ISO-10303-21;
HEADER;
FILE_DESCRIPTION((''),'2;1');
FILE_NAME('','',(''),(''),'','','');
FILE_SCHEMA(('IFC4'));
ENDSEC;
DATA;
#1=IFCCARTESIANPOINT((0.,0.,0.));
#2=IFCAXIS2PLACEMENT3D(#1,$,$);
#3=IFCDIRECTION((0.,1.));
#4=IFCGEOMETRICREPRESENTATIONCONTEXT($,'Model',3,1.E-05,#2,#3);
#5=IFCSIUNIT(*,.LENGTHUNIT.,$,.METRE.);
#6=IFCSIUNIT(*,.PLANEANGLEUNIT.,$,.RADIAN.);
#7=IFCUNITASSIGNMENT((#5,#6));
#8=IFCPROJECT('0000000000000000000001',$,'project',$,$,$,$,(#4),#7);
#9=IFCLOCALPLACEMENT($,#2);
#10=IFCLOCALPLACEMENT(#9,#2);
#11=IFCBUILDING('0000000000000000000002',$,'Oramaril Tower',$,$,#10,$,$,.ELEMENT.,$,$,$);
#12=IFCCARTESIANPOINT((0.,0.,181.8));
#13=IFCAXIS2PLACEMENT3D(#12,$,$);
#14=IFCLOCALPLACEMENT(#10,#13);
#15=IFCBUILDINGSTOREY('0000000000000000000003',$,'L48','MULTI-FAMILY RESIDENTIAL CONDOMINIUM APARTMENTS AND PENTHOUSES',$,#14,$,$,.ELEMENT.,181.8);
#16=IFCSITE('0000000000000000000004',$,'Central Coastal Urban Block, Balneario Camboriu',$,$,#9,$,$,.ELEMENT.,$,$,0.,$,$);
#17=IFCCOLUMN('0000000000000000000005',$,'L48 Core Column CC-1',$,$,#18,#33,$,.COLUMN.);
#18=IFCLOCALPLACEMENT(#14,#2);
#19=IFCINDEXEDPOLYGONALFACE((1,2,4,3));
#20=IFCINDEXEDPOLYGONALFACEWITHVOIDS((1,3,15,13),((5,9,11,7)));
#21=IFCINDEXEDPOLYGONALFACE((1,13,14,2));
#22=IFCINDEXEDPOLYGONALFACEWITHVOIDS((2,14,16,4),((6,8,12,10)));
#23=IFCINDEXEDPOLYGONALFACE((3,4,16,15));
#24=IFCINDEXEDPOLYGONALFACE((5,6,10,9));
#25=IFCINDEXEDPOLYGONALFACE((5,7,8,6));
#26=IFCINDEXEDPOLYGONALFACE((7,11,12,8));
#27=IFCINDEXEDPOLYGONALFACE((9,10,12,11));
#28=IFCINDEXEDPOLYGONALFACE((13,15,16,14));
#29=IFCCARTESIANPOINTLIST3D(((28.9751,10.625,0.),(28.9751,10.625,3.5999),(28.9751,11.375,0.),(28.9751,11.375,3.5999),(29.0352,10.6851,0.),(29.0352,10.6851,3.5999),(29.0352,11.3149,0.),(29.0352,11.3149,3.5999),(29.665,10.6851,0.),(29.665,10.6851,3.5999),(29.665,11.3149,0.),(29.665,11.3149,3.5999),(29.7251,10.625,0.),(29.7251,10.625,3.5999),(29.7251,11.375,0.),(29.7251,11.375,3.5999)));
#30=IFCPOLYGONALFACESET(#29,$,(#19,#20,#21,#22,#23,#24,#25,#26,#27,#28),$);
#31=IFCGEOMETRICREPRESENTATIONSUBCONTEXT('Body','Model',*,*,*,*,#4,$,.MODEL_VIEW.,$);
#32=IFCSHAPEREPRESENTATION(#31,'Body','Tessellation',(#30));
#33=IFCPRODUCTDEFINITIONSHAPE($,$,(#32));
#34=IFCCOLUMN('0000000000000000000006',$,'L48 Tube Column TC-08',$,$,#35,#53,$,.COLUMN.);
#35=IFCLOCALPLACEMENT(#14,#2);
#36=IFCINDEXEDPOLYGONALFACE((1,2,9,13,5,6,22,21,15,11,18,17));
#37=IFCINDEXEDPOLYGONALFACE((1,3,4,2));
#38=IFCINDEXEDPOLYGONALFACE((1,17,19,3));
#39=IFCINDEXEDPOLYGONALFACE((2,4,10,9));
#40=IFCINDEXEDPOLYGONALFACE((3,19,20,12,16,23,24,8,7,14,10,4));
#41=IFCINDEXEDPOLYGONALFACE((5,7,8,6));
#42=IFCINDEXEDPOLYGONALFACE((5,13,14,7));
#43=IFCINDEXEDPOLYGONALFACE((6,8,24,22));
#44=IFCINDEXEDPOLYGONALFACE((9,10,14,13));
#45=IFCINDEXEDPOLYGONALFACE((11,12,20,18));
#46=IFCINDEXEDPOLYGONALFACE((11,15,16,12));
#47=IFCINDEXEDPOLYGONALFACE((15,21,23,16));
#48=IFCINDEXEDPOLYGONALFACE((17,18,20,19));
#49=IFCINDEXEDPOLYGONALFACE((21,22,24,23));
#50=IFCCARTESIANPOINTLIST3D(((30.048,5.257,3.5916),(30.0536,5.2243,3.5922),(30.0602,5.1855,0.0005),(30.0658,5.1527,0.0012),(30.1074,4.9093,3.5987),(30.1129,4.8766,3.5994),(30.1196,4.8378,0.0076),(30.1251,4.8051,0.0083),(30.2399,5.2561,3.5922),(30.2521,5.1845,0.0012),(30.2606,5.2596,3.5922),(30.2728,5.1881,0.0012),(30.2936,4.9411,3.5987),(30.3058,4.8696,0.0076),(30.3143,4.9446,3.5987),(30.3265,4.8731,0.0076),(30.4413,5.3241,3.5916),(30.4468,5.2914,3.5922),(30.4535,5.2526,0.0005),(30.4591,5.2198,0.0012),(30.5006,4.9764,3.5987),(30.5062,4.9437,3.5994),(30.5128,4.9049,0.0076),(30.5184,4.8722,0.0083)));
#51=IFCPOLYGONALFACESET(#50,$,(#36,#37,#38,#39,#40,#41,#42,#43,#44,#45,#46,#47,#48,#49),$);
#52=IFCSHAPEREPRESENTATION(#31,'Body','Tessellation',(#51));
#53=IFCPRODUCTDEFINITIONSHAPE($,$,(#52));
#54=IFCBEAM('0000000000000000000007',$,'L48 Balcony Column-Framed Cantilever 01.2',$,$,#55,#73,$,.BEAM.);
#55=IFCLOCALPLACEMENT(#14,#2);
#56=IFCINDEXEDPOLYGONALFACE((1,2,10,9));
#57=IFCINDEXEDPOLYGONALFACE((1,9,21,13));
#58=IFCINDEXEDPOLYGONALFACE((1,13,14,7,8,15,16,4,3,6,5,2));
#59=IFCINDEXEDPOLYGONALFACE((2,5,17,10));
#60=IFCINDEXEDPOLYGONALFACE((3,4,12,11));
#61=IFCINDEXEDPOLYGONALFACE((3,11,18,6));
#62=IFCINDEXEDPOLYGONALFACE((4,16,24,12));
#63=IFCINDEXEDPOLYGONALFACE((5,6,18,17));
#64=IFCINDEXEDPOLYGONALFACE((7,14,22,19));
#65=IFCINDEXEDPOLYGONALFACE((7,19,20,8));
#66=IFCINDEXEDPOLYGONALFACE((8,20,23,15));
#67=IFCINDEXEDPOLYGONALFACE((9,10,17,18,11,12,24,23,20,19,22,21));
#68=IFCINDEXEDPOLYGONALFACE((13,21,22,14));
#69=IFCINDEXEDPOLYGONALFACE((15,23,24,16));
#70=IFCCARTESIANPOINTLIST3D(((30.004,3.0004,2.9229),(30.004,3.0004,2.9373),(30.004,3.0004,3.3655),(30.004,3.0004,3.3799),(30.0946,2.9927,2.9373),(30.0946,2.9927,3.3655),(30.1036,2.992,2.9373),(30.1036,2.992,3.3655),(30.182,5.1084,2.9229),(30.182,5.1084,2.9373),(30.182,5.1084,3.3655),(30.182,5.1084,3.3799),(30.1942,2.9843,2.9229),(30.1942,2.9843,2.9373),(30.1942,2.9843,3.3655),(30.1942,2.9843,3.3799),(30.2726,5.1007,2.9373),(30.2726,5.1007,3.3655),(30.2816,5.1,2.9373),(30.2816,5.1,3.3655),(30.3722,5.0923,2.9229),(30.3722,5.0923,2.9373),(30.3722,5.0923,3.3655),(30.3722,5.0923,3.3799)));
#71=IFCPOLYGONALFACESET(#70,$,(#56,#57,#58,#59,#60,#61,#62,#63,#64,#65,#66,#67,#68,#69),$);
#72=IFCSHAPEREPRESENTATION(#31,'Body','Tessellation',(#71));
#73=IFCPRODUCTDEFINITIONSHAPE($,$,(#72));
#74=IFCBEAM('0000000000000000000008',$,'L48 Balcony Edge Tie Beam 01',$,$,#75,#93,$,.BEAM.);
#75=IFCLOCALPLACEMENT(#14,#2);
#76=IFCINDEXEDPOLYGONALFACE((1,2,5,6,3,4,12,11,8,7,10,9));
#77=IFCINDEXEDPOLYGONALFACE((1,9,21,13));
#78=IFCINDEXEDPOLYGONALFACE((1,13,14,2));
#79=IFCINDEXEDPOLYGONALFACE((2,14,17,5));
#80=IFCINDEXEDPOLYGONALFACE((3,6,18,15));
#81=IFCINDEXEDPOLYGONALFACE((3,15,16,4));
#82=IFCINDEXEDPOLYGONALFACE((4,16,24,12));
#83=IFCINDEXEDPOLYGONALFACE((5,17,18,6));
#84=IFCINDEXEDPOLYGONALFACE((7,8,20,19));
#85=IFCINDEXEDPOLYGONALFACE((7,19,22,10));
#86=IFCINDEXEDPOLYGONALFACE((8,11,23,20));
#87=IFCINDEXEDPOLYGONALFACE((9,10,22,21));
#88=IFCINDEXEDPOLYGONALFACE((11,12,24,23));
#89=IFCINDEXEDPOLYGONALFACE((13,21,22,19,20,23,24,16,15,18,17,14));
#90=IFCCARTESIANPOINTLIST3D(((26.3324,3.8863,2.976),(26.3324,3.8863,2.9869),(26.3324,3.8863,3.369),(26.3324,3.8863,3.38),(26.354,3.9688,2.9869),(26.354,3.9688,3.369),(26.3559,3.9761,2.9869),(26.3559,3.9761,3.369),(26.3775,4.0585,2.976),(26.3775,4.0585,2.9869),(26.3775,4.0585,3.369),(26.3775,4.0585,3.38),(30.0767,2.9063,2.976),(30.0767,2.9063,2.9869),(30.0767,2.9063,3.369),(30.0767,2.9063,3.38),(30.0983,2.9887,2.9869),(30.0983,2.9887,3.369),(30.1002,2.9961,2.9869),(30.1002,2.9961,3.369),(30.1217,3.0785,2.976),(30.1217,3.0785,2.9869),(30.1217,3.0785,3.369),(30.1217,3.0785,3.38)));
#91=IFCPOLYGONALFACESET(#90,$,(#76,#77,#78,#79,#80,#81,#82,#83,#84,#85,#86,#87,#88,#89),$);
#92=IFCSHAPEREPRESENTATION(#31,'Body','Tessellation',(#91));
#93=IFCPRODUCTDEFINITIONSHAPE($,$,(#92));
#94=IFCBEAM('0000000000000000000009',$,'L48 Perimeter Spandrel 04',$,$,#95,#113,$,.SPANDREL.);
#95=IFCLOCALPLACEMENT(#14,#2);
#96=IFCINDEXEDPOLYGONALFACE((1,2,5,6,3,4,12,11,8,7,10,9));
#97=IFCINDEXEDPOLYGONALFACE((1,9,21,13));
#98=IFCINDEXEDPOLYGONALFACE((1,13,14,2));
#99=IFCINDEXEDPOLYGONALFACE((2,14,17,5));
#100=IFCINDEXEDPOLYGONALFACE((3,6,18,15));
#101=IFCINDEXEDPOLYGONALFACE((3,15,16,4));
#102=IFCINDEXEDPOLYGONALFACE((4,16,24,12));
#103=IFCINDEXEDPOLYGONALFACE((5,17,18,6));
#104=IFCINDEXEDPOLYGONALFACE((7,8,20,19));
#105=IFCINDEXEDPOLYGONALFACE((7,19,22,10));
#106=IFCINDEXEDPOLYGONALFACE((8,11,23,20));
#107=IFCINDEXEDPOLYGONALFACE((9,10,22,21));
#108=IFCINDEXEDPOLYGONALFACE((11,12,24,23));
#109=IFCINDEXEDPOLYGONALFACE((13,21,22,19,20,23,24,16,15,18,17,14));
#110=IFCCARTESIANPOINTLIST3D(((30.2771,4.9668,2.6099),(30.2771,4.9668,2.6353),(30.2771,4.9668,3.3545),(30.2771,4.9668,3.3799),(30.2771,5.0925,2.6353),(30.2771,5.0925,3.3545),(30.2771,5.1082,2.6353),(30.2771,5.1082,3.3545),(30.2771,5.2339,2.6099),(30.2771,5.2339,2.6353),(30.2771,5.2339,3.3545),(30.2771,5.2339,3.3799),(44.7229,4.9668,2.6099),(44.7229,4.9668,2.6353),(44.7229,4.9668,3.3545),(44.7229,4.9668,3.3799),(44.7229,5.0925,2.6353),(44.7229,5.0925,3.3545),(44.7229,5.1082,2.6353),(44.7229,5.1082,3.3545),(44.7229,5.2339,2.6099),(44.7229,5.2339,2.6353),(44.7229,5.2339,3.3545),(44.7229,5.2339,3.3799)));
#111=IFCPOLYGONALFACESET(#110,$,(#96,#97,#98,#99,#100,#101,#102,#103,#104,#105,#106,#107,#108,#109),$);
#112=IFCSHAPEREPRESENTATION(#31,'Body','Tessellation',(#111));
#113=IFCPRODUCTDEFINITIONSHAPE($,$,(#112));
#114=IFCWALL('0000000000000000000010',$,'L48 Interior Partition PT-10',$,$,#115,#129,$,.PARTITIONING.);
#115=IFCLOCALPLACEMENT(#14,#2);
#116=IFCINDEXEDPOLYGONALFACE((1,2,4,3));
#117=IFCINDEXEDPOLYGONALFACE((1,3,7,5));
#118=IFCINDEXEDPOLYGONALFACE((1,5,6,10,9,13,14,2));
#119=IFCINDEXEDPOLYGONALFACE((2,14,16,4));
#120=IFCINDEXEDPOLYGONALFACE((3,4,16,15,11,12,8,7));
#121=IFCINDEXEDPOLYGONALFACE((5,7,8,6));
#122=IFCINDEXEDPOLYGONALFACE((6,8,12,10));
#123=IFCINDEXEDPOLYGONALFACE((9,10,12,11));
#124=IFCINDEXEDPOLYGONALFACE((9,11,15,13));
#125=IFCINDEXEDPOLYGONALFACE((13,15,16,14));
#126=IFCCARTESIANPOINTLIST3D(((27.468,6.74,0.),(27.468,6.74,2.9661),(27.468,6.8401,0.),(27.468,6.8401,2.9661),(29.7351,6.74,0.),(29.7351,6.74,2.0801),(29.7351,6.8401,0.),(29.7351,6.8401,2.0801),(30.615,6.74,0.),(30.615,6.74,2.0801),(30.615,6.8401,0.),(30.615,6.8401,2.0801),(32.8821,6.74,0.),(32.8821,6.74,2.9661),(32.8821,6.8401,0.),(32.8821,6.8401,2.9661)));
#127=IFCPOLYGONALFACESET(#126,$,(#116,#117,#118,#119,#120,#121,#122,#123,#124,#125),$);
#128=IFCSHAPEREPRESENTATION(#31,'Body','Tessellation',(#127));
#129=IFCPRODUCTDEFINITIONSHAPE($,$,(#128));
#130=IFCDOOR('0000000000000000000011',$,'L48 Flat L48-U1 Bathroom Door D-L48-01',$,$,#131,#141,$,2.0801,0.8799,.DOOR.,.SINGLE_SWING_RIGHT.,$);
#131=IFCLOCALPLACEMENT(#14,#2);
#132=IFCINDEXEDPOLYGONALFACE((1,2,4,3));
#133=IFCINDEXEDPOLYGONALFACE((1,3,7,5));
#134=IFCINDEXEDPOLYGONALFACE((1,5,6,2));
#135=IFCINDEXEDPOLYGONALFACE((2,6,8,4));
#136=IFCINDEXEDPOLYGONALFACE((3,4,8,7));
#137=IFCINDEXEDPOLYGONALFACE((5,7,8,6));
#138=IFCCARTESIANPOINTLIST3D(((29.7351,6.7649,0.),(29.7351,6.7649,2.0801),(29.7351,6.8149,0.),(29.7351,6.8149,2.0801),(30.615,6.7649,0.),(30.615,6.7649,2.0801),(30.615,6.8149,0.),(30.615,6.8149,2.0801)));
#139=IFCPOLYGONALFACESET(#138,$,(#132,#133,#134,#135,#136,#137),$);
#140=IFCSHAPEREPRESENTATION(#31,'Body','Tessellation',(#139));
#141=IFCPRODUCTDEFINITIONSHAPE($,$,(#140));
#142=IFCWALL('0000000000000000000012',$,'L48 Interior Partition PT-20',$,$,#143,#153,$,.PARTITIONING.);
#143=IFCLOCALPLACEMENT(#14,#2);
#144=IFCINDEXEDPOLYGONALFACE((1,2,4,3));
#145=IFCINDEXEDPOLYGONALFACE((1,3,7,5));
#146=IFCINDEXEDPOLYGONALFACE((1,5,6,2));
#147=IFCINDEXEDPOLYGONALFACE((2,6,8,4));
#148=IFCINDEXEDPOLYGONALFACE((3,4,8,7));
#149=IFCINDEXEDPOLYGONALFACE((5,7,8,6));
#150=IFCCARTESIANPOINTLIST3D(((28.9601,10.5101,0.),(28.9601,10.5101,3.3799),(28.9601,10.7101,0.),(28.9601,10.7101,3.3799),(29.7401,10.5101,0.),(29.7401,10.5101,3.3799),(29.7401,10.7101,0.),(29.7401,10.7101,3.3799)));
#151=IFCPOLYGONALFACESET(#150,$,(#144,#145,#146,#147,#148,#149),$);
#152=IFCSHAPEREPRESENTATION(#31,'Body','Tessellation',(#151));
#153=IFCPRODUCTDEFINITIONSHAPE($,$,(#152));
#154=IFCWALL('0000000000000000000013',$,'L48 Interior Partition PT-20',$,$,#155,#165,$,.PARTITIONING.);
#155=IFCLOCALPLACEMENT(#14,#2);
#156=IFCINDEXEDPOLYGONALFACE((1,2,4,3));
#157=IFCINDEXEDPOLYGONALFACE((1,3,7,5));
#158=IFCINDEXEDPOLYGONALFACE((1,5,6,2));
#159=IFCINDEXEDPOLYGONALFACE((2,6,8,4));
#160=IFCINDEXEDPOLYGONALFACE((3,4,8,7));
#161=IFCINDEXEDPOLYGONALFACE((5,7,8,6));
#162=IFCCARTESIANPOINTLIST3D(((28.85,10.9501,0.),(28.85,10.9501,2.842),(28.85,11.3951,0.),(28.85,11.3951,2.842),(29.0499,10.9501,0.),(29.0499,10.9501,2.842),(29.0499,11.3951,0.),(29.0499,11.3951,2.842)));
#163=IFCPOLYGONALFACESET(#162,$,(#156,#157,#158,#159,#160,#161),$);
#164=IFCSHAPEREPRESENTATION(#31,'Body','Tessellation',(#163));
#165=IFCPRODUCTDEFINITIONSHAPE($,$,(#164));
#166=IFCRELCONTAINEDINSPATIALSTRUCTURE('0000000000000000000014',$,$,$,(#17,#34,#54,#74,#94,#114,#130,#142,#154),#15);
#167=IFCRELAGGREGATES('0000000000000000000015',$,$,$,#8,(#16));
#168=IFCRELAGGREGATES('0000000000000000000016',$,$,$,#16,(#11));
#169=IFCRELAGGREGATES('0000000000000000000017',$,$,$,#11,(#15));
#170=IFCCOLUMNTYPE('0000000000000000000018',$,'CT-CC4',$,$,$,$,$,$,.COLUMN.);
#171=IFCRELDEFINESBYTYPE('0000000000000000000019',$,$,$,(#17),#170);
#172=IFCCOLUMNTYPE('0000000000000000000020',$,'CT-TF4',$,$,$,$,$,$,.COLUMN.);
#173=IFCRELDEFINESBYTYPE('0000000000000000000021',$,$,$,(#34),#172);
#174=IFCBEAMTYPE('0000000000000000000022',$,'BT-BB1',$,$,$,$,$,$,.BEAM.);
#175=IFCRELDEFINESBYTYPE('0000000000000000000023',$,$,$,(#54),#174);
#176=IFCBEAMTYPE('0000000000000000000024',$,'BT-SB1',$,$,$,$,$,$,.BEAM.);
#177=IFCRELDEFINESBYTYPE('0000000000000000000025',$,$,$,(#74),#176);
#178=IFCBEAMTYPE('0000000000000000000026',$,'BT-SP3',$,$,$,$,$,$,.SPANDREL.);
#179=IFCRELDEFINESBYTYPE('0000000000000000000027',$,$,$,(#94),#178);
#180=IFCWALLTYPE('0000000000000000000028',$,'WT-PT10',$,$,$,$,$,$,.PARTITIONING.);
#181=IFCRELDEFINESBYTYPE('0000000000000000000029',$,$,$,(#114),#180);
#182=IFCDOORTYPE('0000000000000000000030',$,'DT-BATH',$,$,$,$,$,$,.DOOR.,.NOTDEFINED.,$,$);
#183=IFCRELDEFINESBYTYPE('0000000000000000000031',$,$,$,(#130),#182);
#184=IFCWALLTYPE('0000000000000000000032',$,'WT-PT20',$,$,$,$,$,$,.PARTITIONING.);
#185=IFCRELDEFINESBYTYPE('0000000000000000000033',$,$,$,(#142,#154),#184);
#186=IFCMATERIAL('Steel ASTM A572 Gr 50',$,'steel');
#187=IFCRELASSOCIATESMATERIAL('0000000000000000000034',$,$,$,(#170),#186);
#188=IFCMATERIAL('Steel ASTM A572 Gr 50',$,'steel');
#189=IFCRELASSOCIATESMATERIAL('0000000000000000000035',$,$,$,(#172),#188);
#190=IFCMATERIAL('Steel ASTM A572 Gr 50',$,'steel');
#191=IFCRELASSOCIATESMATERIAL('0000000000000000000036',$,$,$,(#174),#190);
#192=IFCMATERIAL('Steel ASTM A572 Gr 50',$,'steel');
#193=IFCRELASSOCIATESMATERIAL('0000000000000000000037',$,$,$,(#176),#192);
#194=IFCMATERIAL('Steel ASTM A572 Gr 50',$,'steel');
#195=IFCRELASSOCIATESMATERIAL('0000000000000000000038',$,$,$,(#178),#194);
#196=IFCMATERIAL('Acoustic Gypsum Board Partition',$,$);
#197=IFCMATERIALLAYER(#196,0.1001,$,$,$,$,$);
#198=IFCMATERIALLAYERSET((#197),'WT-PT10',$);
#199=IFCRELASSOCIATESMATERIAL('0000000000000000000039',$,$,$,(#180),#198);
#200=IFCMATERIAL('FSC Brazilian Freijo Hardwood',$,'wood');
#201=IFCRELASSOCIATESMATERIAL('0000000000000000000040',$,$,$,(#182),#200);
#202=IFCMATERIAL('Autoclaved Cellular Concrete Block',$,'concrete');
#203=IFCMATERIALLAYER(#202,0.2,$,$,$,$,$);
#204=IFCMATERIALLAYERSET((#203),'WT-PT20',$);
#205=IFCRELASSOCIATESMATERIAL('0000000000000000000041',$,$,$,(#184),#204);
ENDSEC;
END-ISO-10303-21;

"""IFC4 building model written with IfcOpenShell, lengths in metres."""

from ifc_helpers import new_model, si_unit, direction, frame, frame_2d, origin, origin_2d, place, context, subcontext, project, spatial, rectangle, hollow_rectangle, i_section, extrude, material, layer, layer_set, material_profile, profile_set, type_object, element, fill, save


model = new_model("IFC4")

# Units and contexts
model_context = context("Model", 3, precision=1e-05, world=origin(), true_north=direction((0.0, 1.0)))
body_context = subcontext(model_context, "Body", "Model", "MODEL_VIEW")
ifc_project = project(units=[si_unit("LENGTHUNIT", "METRE"), si_unit("PLANEANGLEUNIT", "RADIAN")], contexts=[model_context])

# Site, building, storey
site_placement = place(None, origin())
site = spatial("IfcSite", under=ifc_project, at=site_placement, Name="Central Coastal Urban Block, Balneario Camboriu", CompositionType="ELEMENT", RefElevation=0.0)
building_placement = place(site_placement, origin())
building = spatial("IfcBuilding", under=site, at=building_placement, Name="Oramaril Tower", CompositionType="ELEMENT")
storey_placement = place(building_placement, frame((0.0, 0.0, 181.8)))
storey = spatial("IfcBuildingStorey", under=building, at=storey_placement, Name="L48", Description="MULTI-FAMILY RESIDENTIAL CONDOMINIUM APARTMENTS AND PENTHOUSES", CompositionType="ELEMENT", Elevation=181.8)

# Columns
ifc_material_1 = material(Name="Steel ASTM A572 Gr 50", Category="steel")
ifc_material_profile_1 = material_profile(ifc_material_1, hollow_rectangle(XDim=0.75, YDim=0.75, WallThickness=0.0601, at=origin_2d()), Name="BOX750X750X60")
ifc_profile_set_1 = profile_set([ifc_material_profile_1], Name="Steel ASTM A572 Gr 50")
column_type_1 = type_object("IfcColumnType", Name="CT-CC4", PredefinedType="COLUMN", material=ifc_profile_set_1)
column_1_placement = place(storey_placement, frame((29.3501, 11.0, 0.0), z_axis=(0.0, 0.0, 1.0), x_axis=(1.0, 0.0, 0.0)))
element("IfcColumn", 1, at=column_1_placement, inside=storey, type_object=column_type_1, Name="L48 Core Column CC-1", PredefinedType="COLUMN", context=body_context, shape_type="SweptSolid", body=[
    extrude(hollow_rectangle(XDim=0.75, YDim=0.75, WallThickness=0.0601, at=origin_2d()), origin(), (0.0, 0.0, 1.0), 3.5999),
])
ifc_material_2 = material(Name="Steel ASTM A572 Gr 50", Category="steel")
ifc_material_profile_2 = material_profile(ifc_material_2, i_section(OverallWidth=0.3989, OverallDepth=0.386, WebThickness=0.021, FlangeThickness=0.0332, at=origin_2d()), Name="W14X176")
ifc_profile_set_2 = profile_set([ifc_material_profile_2], Name="Steel ASTM A572 Gr 50")
column_type_2 = type_object("IfcColumnType", Name="CT-TF4", PredefinedType="COLUMN", material=ifc_profile_set_2)
column_2_placement = place(storey_placement, frame((30.2893, 5.0288, 0.0044), z_axis=(-0.003399, 0.019916, 0.999796), x_axis=(-0.98575, -0.168217, 0.0)))
element("IfcColumn", 2, at=column_2_placement, inside=storey, type_object=column_type_2, Name="L48 Tube Column TC-08", PredefinedType="COLUMN", context=body_context, shape_type="SweptSolid", body=[
    extrude(i_section(OverallWidth=0.3989, OverallDepth=0.386, WebThickness=0.021, FlangeThickness=0.0332, at=origin_2d()), origin(), (0.0, 0.0, 1.0), 3.5918),
])

# Beams
ifc_material_3 = material(Name="Steel ASTM A572 Gr 50", Category="steel")
ifc_material_profile_3 = material_profile(ifc_material_3, i_section(OverallWidth=0.1909, OverallDepth=0.457, WebThickness=0.009, FlangeThickness=0.0144, at=origin_2d()), Name="W18X50")
ifc_profile_set_3 = profile_set([ifc_material_profile_3], Name="Steel ASTM A572 Gr 50")
beam_type_1 = type_object("IfcBeamType", Name="BT-BB1", PredefinedType="BEAM", material=ifc_profile_set_3)
beam_1_placement = place(storey_placement, frame((30.2771, 5.1003, 3.1514), z_axis=(-0.084134, -0.996454, 0.0), x_axis=(0.996454, -0.084134, 0.0)))
element("IfcBeam", 3, at=beam_1_placement, inside=storey, type_object=beam_type_1, Name="L48 Balcony Column-Framed Cantilever 01.2", PredefinedType="BEAM", context=body_context, shape_type="SweptSolid", body=[
    extrude(i_section(OverallWidth=0.1909, OverallDepth=0.457, WebThickness=0.009, FlangeThickness=0.0144, at=origin_2d()), origin(), (0.0, 0.0, 1.0), 2.1155),
])
ifc_material_4 = material(Name="Steel ASTM A572 Gr 50", Category="steel")
ifc_material_profile_4 = material_profile(ifc_material_4, i_section(OverallWidth=0.178, OverallDepth=0.4041, WebThickness=0.0076, FlangeThickness=0.011, at=origin_2d()), Name="W16X36")
ifc_profile_set_4 = profile_set([ifc_material_profile_4], Name="Steel ASTM A572 Gr 50")
beam_type_2 = type_object("IfcBeamType", Name="BT-SB1", PredefinedType="BEAM", material=ifc_profile_set_4)
beam_2_placement = place(storey_placement, frame((26.355, 3.9724, 3.178), z_axis=(0.967412, -0.253208, 0.0), x_axis=(0.253208, 0.967412, 0.0)))
element("IfcBeam", 4, at=beam_2_placement, inside=storey, type_object=beam_type_2, Name="L48 Balcony Edge Tie Beam 01", PredefinedType="BEAM", context=body_context, shape_type="SweptSolid", body=[
    extrude(i_section(OverallWidth=0.178, OverallDepth=0.4041, WebThickness=0.0076, FlangeThickness=0.011, at=origin_2d()), origin(), (0.0, 0.0, 1.0), 3.8704),
])
ifc_material_5 = material(Name="Steel ASTM A572 Gr 50", Category="steel")
ifc_material_profile_5 = material_profile(ifc_material_5, i_section(OverallWidth=0.2671, OverallDepth=0.77, WebThickness=0.0156, FlangeThickness=0.0254, at=origin_2d()), Name="W30X132")
ifc_profile_set_5 = profile_set([ifc_material_profile_5], Name="Steel ASTM A572 Gr 50")
beam_type_3 = type_object("IfcBeamType", Name="BT-SP3", PredefinedType="SPANDREL", material=ifc_profile_set_5)
beam_3_placement = place(storey_placement, frame((30.2771, 5.1003, 2.9949), z_axis=(1.0, 0.0, 0.0), x_axis=(0.0, 1.0, 0.0)))
element("IfcBeam", 5, at=beam_3_placement, inside=storey, type_object=beam_type_3, Name="L48 Perimeter Spandrel 04", PredefinedType="SPANDREL", context=body_context, shape_type="SweptSolid", body=[
    extrude(i_section(OverallWidth=0.2671, OverallDepth=0.77, WebThickness=0.0156, FlangeThickness=0.0254, at=origin_2d()), origin(), (0.0, 0.0, 1.0), 14.4458),
])

# Wall, opening, door
ifc_material_6 = material(Name="Acoustic Gypsum Board Partition")
ifc_layer_1 = layer(ifc_material_6, 0.1001)
ifc_layer_set_1 = layer_set([ifc_layer_1], Name="WT-PT10")
wall_type_1 = type_object("IfcWallType", Name="WT-PT10", PredefinedType="PARTITIONING", material=ifc_layer_set_1)
wall_1_placement = place(storey_placement, frame((27.468, 6.79, 0.0), z_axis=(0.0, 0.0, 1.0), x_axis=(1.0, 0.0, 0.0)))
wall_1 = element("IfcWall", 6, at=wall_1_placement, inside=storey, type_object=wall_type_1, Name="L48 Interior Partition PT-10", PredefinedType="PARTITIONING", context=body_context, shape_type="SweptSolid", body=[
    extrude(rectangle(XDim=5.4141, YDim=0.1001, at=frame_2d((2.707, 0.0))), origin(), (0.0, 0.0, 1.0), 2.9661),
])
opening_1_placement = place(wall_1_placement, frame((2.2671, 0.0, 0.0)))
opening_1 = element("IfcOpeningElement", 7, at=opening_1_placement, cuts=wall_1, PredefinedType="OPENING", context=body_context, shape_type="SweptSolid", body=[
    extrude(rectangle(XDim=0.8799, YDim=2.0801, at=frame_2d((0.4399, 1.04))), frame((0.0, 0.05, 0.0), z_axis=(0.0, -1.0, 0.0), x_axis=(1.0, 0.0, 0.0)), (0.0, 0.0, 1.0), 0.1001),
])
ifc_material_7 = material(Name="FSC Brazilian Freijo Hardwood", Category="wood")
door_type_1 = type_object("IfcDoorType", Name="DT-BATH", OperationType="NOTDEFINED", PredefinedType="DOOR", material=ifc_material_7)
door_1_placement = place(opening_1_placement, origin())
door_1 = element("IfcDoor", 8, at=door_1_placement, inside=storey, type_object=door_type_1, Name="L48 Flat L48-U1 Bathroom Door D-L48-01", OperationType="SINGLE_SWING_RIGHT", OverallHeight=2.0801, OverallWidth=0.8799, PredefinedType="DOOR", context=body_context, shape_type="SweptSolid", body=[
    extrude(rectangle(XDim=0.8799, YDim=2.0801, at=frame_2d((0.4399, 1.04))), frame((0.0, 0.0249, 0.0), z_axis=(0.0, -1.0, 0.0), x_axis=(1.0, 0.0, 0.0)), (0.0, 0.0, 1.0), 0.05),
])
fill(opening_1, door_1)

# Shared definitions
ifc_material_8 = material(Name="Autoclaved Cellular Concrete Block", Category="concrete")
ifc_layer_2 = layer(ifc_material_8, 0.2)
ifc_layer_set_2 = layer_set([ifc_layer_2], Name="WT-PT20")
wall_type_2 = type_object("IfcWallType", Name="WT-PT20", PredefinedType="PARTITIONING", material=ifc_layer_set_2)

# Wall
wall_2_placement = place(storey_placement, frame((28.96, 10.6101, 0.0), z_axis=(0.0, 0.0, 1.0), x_axis=(1.0, 0.0, 0.0)))
element("IfcWall", 9, at=wall_2_placement, inside=storey, type_object=wall_type_2, Name="L48 Interior Partition PT-20", PredefinedType="PARTITIONING", context=body_context, shape_type="SweptSolid", body=[
    extrude(rectangle(XDim=0.78, YDim=0.2, at=frame_2d((0.3901, 0.0))), origin(), (0.0, 0.0, 1.0), 3.3799),
])

# Wall
wall_3_placement = place(storey_placement, frame((28.95, 10.95, 0.0), z_axis=(0.0, 0.0, 1.0), x_axis=(0.0, 1.0, 0.0)))
element("IfcWall", 10, at=wall_3_placement, inside=storey, type_object=wall_type_2, Name="L48 Interior Partition PT-20", PredefinedType="PARTITIONING", context=body_context, shape_type="SweptSolid", body=[
    extrude(rectangle(XDim=0.4451, YDim=0.2, at=frame_2d((0.2227, 0.0))), origin(), (0.0, 0.0, 1.0), 2.842),
])

save(model, "model.ifc")
